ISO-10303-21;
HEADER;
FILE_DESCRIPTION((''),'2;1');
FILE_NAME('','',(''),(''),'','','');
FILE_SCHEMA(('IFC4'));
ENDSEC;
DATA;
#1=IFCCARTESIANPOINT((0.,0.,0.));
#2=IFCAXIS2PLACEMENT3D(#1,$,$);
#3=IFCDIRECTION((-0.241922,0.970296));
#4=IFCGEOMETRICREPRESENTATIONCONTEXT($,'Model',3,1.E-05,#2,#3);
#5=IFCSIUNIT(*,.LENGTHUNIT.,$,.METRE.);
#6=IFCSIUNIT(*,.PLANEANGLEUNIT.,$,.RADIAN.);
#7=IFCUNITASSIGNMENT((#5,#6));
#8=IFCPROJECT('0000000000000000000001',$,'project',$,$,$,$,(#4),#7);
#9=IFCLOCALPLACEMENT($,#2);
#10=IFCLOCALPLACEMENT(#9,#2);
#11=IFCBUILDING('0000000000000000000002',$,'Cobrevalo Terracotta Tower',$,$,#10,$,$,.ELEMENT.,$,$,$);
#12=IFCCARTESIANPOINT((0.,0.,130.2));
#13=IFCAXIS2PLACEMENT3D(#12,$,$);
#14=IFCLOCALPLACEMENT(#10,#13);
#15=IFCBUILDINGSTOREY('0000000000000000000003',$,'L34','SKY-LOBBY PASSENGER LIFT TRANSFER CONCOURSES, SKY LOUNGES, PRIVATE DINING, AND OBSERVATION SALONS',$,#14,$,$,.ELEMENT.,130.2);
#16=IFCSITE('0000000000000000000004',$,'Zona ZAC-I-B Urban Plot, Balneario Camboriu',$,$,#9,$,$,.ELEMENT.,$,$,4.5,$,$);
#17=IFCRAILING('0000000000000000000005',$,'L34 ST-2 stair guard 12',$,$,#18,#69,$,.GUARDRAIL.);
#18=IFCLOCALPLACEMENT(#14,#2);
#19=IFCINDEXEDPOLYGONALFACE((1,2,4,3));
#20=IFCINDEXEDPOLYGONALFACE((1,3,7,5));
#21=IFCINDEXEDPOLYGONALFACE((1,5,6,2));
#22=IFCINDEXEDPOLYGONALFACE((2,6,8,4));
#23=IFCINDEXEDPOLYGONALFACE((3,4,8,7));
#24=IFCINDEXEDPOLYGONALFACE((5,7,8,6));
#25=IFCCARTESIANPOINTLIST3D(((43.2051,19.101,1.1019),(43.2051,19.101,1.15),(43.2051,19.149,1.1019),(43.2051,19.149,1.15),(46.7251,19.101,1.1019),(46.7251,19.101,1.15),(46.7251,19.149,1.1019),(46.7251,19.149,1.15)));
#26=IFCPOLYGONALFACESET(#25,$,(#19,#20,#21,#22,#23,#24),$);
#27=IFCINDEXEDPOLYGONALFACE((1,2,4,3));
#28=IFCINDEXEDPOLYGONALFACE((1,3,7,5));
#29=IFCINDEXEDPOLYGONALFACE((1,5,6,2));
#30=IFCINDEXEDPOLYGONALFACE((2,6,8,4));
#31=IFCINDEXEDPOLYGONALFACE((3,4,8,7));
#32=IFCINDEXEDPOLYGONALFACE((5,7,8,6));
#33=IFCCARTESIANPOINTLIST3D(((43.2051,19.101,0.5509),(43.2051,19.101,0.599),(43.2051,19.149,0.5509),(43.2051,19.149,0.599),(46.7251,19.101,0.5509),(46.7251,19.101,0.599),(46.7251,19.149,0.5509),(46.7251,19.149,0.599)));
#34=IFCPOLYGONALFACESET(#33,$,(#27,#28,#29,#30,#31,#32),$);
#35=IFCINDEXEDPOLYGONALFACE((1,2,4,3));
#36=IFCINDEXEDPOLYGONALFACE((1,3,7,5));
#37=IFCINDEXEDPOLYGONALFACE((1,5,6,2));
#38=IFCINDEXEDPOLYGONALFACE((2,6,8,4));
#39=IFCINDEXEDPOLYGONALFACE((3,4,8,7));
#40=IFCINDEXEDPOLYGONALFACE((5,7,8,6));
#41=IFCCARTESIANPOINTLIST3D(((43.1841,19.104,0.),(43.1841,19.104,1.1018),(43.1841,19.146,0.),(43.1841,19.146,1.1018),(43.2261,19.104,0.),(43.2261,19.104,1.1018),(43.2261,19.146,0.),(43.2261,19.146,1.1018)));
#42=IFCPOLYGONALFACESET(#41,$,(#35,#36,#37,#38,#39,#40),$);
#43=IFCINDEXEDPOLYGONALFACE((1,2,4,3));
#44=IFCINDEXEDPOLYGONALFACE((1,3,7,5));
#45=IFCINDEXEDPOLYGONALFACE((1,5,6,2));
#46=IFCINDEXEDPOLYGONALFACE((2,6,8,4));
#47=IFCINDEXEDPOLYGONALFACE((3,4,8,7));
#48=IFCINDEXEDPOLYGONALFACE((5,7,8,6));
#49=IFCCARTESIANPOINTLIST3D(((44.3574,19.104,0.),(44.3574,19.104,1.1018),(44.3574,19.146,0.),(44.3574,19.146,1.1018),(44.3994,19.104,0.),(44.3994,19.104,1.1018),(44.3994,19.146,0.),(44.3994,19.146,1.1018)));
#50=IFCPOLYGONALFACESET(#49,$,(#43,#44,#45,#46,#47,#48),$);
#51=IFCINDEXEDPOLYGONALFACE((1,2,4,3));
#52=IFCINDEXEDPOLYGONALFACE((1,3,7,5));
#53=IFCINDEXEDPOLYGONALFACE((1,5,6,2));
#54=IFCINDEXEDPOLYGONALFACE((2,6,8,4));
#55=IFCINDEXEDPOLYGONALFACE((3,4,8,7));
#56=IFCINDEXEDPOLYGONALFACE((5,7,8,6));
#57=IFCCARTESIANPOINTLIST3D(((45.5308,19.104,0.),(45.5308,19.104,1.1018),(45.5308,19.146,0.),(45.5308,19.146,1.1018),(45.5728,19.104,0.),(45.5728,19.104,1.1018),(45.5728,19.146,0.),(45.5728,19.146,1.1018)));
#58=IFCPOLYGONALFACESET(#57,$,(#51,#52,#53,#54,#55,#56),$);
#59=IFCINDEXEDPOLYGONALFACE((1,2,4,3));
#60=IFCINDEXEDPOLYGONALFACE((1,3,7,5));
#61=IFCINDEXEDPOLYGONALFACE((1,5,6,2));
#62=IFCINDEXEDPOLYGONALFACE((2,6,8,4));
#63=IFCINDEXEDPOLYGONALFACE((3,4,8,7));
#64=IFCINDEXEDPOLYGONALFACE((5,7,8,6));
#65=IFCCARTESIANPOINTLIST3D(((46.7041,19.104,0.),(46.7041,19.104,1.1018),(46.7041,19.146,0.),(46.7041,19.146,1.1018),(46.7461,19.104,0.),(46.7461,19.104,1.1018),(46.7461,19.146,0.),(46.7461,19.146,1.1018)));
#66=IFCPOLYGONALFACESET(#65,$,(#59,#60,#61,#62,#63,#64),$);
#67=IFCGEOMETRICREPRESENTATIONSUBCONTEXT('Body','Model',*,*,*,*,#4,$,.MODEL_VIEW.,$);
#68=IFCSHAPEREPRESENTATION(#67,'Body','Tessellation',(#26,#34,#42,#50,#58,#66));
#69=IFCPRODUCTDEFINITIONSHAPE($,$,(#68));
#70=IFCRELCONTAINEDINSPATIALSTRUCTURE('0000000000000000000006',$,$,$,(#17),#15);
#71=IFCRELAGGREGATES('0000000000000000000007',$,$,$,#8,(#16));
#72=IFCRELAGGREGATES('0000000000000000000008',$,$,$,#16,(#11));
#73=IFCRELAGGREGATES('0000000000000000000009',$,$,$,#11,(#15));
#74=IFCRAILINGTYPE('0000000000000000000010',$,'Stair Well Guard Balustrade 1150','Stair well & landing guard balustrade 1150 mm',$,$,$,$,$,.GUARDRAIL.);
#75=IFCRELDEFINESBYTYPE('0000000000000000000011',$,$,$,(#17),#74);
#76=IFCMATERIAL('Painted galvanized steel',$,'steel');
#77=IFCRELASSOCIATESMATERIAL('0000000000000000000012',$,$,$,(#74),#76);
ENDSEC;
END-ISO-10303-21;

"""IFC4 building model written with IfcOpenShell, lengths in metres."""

from ifc_helpers import new_model, si_unit, direction, frame, origin, origin_2d, place, context, subcontext, project, spatial, rectangle, extrude, material, type_object, element, save


model = new_model("IFC4")

# Units and contexts
model_context = context("Model", 3, precision=1e-05, world=origin(), true_north=direction((-0.241922, 0.970296)))
body_context = subcontext(model_context, "Body", "Model", "MODEL_VIEW")
ifc_project = project(units=[si_unit("LENGTHUNIT", "METRE"), si_unit("PLANEANGLEUNIT", "RADIAN")], contexts=[model_context])

# Site, building, storey
site_placement = place(None, origin())
site = spatial("IfcSite", under=ifc_project, at=site_placement, Name="Zona ZAC-I-B Urban Plot, Balneario Camboriu", CompositionType="ELEMENT", RefElevation=4.5)
building_placement = place(site_placement, origin())
building = spatial("IfcBuilding", under=site, at=building_placement, Name="Cobrevalo Terracotta Tower", CompositionType="ELEMENT")
storey_placement = place(building_placement, frame((0.0, 0.0, 130.2)))
storey = spatial("IfcBuildingStorey", under=building, at=storey_placement, Name="L34", Description="SKY-LOBBY PASSENGER LIFT TRANSFER CONCOURSES, SKY LOUNGES, PRIVATE DINING, AND OBSERVATION SALONS", CompositionType="ELEMENT", Elevation=130.2)

# Railing
ifc_material_1 = material(Name="Painted galvanized steel", Category="steel")
railing_type_1 = type_object("IfcRailingType", Name="Stair Well Guard Balustrade 1150", Description="Stair well & landing guard balustrade 1150 mm", PredefinedType="GUARDRAIL", material=ifc_material_1)
railing_1_placement = place(storey_placement, frame((43.2051, 19.125, 0.0)))
element("IfcRailing", 1, at=railing_1_placement, inside=storey, type_object=railing_type_1, Name="L34 ST-2 stair guard 12", PredefinedType="GUARDRAIL", context=body_context, shape_type="SweptSolid", body=[
    extrude(rectangle(XDim=0.0481, YDim=0.0481, at=origin_2d()), frame((0.0, 0.0, 1.126), z_axis=(1.0, 0.0, 0.0), x_axis=(0.0, 1.0, 0.0)), (0.0, 0.0, 1.0), 3.52),
    extrude(rectangle(XDim=0.0481, YDim=0.0481, at=origin_2d()), frame((0.0, 0.0, 0.575), z_axis=(1.0, 0.0, 0.0), x_axis=(0.0, 1.0, 0.0)), (0.0, 0.0, 1.0), 3.52),
    extrude(rectangle(XDim=0.042, YDim=0.042, at=origin_2d()), origin(), (0.0, 0.0, 1.0), 1.1018),
    extrude(rectangle(XDim=0.042, YDim=0.042, at=origin_2d()), frame((1.1733, 0.0, 0.0)), (0.0, 0.0, 1.0), 1.1018),
    extrude(rectangle(XDim=0.042, YDim=0.042, at=origin_2d()), frame((2.3467, 0.0, 0.0)), (0.0, 0.0, 1.0), 1.1018),
    extrude(rectangle(XDim=0.042, YDim=0.042, at=origin_2d()), frame((3.52, 0.0, 0.0)), (0.0, 0.0, 1.0), 1.1018),
])

save(model, "model.ifc")
